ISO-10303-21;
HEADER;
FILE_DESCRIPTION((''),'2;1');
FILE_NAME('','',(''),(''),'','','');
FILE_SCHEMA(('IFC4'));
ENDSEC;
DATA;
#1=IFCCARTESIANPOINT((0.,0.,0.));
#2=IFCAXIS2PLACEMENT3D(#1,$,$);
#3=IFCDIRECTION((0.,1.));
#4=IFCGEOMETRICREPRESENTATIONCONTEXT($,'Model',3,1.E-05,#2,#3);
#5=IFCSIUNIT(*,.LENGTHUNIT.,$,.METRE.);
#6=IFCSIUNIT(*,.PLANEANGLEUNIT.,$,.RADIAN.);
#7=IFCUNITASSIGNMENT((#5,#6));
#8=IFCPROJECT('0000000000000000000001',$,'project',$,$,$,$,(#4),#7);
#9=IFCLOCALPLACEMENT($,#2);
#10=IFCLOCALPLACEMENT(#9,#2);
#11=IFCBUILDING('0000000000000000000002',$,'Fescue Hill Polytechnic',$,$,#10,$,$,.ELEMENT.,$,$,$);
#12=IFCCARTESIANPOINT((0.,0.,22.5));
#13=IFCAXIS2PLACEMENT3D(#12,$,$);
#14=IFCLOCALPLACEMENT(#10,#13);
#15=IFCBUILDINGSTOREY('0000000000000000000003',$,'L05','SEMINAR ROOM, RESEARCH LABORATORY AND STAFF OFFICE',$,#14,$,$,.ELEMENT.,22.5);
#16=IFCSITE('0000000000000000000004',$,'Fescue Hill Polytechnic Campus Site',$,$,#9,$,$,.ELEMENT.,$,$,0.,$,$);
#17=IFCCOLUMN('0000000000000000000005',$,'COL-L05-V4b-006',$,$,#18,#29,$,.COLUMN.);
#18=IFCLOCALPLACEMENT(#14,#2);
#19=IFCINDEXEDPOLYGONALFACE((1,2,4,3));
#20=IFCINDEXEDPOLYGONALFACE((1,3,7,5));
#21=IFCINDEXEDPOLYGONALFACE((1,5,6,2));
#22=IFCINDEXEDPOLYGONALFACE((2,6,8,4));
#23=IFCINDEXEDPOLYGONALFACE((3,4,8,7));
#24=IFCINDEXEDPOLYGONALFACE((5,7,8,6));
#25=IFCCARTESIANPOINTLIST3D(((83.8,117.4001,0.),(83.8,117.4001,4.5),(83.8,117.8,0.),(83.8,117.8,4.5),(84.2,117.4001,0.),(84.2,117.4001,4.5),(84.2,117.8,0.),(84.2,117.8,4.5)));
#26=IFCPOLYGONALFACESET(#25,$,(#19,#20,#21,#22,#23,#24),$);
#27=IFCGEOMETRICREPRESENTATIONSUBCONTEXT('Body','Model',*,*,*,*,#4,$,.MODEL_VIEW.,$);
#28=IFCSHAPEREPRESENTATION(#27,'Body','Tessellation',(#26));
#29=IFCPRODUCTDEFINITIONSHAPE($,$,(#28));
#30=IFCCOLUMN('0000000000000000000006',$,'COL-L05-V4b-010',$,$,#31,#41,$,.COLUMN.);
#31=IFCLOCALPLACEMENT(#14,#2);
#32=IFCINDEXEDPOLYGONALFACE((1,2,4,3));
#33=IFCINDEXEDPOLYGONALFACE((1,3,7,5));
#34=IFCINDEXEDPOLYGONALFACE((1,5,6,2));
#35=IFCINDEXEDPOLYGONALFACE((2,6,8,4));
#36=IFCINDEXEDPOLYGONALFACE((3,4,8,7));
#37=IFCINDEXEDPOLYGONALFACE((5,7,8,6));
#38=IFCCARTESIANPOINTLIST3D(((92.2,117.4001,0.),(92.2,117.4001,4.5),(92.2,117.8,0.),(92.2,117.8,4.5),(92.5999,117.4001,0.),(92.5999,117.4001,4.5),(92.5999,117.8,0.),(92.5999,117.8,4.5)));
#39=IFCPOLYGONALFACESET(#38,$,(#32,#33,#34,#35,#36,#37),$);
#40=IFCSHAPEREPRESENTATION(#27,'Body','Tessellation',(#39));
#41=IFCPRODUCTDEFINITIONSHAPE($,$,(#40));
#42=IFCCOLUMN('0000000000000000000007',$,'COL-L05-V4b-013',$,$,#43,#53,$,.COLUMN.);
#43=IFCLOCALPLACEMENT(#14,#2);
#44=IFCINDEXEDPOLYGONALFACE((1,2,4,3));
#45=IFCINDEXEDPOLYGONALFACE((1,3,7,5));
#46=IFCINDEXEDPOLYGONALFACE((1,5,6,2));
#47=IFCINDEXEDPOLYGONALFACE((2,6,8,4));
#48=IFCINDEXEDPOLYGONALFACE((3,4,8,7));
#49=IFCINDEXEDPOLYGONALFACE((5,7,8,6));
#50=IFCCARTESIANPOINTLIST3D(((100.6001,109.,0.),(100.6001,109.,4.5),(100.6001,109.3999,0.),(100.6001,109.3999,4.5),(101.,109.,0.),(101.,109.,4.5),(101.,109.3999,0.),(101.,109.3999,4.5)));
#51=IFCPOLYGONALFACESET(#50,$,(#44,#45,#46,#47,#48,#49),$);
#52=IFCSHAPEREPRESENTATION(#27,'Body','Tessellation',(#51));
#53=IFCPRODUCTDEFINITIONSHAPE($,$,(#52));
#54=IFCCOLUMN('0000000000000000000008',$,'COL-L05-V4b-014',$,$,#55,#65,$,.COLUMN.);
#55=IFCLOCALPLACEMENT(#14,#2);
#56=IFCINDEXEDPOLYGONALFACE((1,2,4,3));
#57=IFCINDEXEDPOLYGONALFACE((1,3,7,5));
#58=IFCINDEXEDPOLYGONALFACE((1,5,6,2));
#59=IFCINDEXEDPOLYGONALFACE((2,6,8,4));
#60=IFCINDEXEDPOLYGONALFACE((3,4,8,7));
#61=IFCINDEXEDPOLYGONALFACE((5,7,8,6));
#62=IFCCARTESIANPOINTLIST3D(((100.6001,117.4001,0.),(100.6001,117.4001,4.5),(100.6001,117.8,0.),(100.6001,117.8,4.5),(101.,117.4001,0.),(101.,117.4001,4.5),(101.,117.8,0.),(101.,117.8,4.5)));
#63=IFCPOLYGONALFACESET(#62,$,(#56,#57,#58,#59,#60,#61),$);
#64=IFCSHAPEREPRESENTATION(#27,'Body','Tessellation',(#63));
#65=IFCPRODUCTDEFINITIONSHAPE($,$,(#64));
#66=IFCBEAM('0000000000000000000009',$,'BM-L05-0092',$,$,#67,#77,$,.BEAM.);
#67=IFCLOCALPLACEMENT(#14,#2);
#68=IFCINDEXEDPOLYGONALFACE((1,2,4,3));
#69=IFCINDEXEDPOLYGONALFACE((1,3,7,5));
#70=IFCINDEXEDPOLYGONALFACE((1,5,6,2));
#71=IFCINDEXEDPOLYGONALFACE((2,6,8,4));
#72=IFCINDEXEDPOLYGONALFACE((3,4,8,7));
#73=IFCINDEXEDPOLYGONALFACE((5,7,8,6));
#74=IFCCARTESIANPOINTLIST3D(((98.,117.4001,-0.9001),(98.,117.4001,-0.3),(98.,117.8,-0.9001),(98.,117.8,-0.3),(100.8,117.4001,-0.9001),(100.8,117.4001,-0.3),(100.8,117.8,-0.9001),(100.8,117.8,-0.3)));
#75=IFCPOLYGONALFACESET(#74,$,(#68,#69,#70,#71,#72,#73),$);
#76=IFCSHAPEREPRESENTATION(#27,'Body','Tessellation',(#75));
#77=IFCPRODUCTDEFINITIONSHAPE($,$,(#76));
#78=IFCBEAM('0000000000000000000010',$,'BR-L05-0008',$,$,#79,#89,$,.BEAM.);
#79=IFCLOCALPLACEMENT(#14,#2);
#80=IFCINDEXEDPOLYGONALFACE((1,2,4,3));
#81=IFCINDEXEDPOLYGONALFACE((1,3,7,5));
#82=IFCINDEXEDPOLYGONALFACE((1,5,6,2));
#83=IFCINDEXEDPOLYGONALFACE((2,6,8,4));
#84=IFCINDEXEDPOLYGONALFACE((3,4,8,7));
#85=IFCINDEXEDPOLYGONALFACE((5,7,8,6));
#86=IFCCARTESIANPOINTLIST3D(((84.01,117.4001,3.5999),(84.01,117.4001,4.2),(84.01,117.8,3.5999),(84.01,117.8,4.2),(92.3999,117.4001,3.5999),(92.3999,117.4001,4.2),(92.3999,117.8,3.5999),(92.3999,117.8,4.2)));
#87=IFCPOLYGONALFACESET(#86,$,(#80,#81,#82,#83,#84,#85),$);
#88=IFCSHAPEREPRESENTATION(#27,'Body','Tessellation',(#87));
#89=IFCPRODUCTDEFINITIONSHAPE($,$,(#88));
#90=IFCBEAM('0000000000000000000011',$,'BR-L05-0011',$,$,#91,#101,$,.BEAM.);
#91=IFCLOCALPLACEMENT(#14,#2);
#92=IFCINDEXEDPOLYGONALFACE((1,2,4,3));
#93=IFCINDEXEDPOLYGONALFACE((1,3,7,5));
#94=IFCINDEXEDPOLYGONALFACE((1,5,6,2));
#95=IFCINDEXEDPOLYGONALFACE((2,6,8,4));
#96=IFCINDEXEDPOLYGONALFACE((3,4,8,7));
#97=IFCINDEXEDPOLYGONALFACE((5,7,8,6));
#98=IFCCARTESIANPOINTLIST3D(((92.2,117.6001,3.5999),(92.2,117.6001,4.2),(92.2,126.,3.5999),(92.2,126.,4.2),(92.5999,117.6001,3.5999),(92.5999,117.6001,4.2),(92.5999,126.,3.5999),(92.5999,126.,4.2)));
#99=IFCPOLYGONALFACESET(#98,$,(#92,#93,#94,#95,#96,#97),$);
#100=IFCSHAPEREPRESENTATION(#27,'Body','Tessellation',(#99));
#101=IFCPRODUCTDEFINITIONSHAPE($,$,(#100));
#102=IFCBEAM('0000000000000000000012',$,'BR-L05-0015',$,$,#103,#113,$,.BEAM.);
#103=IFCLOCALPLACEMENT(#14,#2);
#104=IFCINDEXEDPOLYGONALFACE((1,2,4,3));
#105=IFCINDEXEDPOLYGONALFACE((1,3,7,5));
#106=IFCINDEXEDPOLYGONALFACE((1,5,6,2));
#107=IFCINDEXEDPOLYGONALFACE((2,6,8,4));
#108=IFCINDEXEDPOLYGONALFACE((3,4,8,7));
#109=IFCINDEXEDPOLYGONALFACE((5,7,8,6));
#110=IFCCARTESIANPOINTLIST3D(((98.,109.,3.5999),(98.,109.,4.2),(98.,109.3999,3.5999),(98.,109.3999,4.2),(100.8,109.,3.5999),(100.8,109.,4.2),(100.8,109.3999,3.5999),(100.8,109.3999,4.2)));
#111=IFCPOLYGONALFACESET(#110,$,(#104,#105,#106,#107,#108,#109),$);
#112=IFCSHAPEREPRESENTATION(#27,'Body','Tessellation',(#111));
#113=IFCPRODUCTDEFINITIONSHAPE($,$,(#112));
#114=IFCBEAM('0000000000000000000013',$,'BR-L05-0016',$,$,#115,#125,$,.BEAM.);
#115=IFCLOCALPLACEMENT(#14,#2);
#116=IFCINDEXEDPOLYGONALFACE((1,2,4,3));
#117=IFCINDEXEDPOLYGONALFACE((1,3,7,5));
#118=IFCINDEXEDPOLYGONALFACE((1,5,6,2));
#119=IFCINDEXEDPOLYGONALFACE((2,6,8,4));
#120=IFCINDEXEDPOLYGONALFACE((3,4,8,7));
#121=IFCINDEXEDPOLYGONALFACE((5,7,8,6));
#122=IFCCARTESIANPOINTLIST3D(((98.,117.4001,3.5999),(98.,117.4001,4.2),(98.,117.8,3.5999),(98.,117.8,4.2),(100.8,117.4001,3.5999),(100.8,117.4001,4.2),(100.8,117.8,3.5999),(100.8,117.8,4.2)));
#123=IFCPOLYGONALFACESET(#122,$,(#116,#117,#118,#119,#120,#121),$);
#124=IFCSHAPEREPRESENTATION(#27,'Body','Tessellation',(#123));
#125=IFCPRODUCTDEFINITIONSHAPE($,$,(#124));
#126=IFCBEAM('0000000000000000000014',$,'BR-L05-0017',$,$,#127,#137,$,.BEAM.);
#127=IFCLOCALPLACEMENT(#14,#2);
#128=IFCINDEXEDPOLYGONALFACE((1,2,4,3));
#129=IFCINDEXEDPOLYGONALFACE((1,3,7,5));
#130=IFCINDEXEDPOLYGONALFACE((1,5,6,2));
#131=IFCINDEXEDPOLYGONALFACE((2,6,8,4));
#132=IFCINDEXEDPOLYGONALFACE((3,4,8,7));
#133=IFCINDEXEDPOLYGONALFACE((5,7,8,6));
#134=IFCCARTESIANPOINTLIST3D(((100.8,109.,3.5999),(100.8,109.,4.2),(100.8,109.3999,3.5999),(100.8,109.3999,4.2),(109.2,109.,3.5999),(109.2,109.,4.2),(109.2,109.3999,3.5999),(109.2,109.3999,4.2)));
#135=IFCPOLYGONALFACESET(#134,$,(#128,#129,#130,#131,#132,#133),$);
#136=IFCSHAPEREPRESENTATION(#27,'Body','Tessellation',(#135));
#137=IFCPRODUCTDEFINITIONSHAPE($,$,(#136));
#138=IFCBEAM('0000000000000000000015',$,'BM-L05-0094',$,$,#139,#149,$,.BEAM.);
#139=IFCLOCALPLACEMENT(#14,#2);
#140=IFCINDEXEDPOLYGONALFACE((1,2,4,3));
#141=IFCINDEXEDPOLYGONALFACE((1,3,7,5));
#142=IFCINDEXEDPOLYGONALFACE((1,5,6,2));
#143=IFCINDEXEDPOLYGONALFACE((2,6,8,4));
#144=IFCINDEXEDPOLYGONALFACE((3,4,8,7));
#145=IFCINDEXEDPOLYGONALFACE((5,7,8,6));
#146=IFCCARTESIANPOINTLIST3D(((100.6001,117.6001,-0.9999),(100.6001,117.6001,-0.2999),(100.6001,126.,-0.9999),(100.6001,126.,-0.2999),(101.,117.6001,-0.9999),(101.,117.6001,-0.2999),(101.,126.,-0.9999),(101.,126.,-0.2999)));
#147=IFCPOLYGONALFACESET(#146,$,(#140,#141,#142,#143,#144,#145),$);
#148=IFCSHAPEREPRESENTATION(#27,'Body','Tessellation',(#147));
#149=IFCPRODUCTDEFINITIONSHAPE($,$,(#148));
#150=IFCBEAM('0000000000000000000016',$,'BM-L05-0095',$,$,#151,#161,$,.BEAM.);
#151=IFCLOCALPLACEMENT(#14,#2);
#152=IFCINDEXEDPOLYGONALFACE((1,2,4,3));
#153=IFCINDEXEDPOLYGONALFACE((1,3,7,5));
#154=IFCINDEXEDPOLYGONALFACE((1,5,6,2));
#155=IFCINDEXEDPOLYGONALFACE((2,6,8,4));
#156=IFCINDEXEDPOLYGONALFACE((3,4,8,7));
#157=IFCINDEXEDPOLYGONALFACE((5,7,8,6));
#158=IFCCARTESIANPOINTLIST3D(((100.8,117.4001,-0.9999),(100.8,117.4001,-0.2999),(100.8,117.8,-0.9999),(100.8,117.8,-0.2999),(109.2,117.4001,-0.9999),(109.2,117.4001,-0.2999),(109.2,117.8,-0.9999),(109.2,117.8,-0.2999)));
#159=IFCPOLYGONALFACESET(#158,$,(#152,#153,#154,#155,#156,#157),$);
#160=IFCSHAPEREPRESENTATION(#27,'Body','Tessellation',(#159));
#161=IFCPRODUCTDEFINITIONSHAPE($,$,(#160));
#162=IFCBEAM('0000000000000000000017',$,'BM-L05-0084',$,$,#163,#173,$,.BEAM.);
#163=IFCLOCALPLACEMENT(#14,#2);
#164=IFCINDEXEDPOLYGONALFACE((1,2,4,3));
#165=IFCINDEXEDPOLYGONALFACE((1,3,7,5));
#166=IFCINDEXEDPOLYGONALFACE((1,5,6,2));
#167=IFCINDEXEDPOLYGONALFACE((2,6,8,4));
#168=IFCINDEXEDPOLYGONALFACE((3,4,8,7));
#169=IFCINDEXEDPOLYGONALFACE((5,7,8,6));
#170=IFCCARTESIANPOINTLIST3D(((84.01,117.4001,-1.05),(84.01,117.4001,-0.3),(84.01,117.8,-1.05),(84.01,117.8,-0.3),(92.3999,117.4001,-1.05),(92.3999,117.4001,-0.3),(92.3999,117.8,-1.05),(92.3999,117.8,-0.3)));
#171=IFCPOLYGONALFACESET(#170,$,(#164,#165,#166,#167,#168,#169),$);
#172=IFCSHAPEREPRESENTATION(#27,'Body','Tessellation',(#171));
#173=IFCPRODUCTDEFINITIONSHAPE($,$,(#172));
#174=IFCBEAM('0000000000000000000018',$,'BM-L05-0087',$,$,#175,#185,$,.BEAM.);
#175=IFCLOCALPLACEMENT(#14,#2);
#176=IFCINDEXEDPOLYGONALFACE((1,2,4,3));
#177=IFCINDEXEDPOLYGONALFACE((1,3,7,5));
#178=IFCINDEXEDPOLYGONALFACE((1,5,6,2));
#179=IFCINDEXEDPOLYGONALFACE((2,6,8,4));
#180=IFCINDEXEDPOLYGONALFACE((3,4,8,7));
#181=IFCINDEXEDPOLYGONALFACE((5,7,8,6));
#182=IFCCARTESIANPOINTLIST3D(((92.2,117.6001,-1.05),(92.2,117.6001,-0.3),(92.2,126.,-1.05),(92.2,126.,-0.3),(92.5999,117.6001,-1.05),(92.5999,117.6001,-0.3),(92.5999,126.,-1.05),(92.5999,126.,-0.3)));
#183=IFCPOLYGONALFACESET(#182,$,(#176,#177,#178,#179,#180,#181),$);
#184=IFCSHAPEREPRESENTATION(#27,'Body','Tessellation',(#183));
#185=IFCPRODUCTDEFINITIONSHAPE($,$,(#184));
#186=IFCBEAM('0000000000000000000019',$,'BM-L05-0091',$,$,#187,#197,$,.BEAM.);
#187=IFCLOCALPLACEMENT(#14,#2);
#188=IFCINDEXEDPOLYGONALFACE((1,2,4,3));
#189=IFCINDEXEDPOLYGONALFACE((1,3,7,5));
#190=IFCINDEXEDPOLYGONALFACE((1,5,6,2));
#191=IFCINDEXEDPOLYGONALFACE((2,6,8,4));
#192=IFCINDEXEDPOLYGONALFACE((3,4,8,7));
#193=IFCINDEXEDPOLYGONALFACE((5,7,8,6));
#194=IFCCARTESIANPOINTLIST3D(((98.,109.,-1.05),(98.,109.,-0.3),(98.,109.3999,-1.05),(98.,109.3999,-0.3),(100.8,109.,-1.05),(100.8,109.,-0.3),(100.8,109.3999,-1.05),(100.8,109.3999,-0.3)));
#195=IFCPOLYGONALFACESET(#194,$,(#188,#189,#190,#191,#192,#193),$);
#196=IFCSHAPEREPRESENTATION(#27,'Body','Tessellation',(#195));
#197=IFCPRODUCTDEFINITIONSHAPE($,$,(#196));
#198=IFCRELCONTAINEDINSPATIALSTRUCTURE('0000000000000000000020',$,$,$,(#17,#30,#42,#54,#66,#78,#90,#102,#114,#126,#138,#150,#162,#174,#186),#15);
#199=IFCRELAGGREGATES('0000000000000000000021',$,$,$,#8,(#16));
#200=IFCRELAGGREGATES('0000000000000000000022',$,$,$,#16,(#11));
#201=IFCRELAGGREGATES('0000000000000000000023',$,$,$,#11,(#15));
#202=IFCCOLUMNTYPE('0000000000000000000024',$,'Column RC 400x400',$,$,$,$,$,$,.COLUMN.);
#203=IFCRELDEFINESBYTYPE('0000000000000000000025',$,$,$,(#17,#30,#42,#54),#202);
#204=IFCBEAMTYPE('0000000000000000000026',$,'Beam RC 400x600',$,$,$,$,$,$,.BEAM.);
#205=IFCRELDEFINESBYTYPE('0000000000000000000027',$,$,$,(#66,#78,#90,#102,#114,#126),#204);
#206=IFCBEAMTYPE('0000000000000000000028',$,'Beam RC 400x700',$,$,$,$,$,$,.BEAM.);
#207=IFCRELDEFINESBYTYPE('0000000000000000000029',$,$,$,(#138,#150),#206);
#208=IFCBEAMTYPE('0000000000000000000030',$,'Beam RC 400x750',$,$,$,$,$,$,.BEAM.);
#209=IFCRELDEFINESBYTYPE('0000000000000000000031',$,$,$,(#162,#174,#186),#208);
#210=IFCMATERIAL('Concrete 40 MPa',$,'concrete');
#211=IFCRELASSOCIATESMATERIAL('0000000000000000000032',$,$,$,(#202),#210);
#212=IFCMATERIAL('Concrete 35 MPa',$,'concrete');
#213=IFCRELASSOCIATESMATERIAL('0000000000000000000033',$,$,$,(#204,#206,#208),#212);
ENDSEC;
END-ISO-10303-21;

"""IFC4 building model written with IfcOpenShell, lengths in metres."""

from ifc_helpers import new_model, si_unit, direction, frame, origin, origin_2d, place, context, subcontext, project, spatial, rectangle, extrude, material, material_profile, profile_set, type_object, element, save


model = new_model("IFC4")

# Units and contexts
model_context = context("Model", 3, precision=1e-05, world=origin(), true_north=direction((0.0, 1.0)))
body_context = subcontext(model_context, "Body", "Model", "MODEL_VIEW")
ifc_project = project(units=[si_unit("LENGTHUNIT", "METRE"), si_unit("PLANEANGLEUNIT", "RADIAN")], contexts=[model_context])

# Site, building, storey
site_placement = place(None, origin())
site = spatial("IfcSite", under=ifc_project, at=site_placement, Name="Fescue Hill Polytechnic Campus Site", CompositionType="ELEMENT", RefElevation=0.0)
building_placement = place(site_placement, origin())
building = spatial("IfcBuilding", under=site, at=building_placement, Name="Fescue Hill Polytechnic", CompositionType="ELEMENT")
storey_placement = place(building_placement, frame((0.0, 0.0, 22.5)))
storey = spatial("IfcBuildingStorey", under=building, at=storey_placement, Name="L05", Description="SEMINAR ROOM, RESEARCH LABORATORY AND STAFF OFFICE", CompositionType="ELEMENT", Elevation=22.5)

# Columns
ifc_material_1 = material(Name="Concrete 40 MPa", Category="concrete")
ifc_material_profile_1 = material_profile(ifc_material_1, rectangle(XDim=0.3999, YDim=0.3999, at=origin_2d()), Name="RC 400x400")
ifc_profile_set_1 = profile_set([ifc_material_profile_1], Name="Concrete 40 MPa")
column_type = type_object("IfcColumnType", Name="Column RC 400x400", PredefinedType="COLUMN", material=ifc_profile_set_1)
for number, where, z_axis, x_axis, name in (
    (1, (84.0, 117.6001, 0.0), (0.0, 0.0, 1.0), (1.0, 0.0, 0.0), "COL-L05-V4b-006"),
    (2, (92.3999, 117.6001, 0.0), (0.0, 0.0, 1.0), (1.0, 0.0, 0.0), "COL-L05-V4b-010"),
    (3, (100.8, 109.2, 0.0), (0.0, 0.0, 1.0), (1.0, 0.0, 0.0), "COL-L05-V4b-013"),
    (4, (100.8, 117.6001, 0.0), (0.0, 0.0, 1.0), (1.0, 0.0, 0.0), "COL-L05-V4b-014"),
):
    element("IfcColumn", number, at=place(storey_placement, frame(where, z_axis=z_axis, x_axis=x_axis)), inside=storey, type_object=column_type, Name=name, PredefinedType="COLUMN", context=body_context, shape_type="SweptSolid", body=[
        extrude(rectangle(XDim=0.3999, YDim=0.3999, at=origin_2d()), origin(), (0.0, 0.0, 1.0), 4.5),
    ])

# Beams
ifc_material_2 = material(Name="Concrete 35 MPa", Category="concrete")
ifc_material_profile_2 = material_profile(ifc_material_2, rectangle(XDim=0.3999, YDim=0.6001, at=origin_2d()), Name="RC 400x600")
ifc_profile_set_2 = profile_set([ifc_material_profile_2], Name="Concrete 35 MPa")
beam_type_1 = type_object("IfcBeamType", Name="Beam RC 400x600", PredefinedType="BEAM", material=ifc_profile_set_2)
beam_1_placement = place(storey_placement, frame((98.0, 117.6001, -0.6001), z_axis=(1.0, 0.0, 0.0), x_axis=(0.0, 1.0, 0.0)))
element("IfcBeam", 5, at=beam_1_placement, inside=storey, type_object=beam_type_1, Name="BM-L05-0092", PredefinedType="BEAM", context=body_context, shape_type="SweptSolid", body=[
    extrude(rectangle(XDim=0.3999, YDim=0.6001, at=origin_2d()), origin(), (0.0, 0.0, 1.0), 2.8),
])
beam_2_placement = place(storey_placement, frame((84.01, 117.6001, 3.8999), z_axis=(1.0, 0.0, 0.0), x_axis=(0.0, 1.0, 0.0)))
element("IfcBeam", 6, at=beam_2_placement, inside=storey, type_object=beam_type_1, Name="BR-L05-0008", PredefinedType="BEAM", context=body_context, shape_type="SweptSolid", body=[
    extrude(rectangle(XDim=0.3999, YDim=0.6001, at=origin_2d()), origin(), (0.0, 0.0, 1.0), 8.3899),
])
beam_3_placement = place(storey_placement, frame((92.3999, 117.6001, 3.8999), z_axis=(0.0, 1.0, 0.0), x_axis=(-1.0, 0.0, 0.0)))
element("IfcBeam", 7, at=beam_3_placement, inside=storey, type_object=beam_type_1, Name="BR-L05-0011", PredefinedType="BEAM", context=body_context, shape_type="SweptSolid", body=[
    extrude(rectangle(XDim=0.3999, YDim=0.6001, at=origin_2d()), origin(), (0.0, 0.0, 1.0), 8.3999),
])
for number, where, z_axis, x_axis, name in (
    (8, (98.0, 109.2, 3.8999), (1.0, 0.0, 0.0), (0.0, 1.0, 0.0), "BR-L05-0015"),
    (9, (98.0, 117.6001, 3.8999), (1.0, 0.0, 0.0), (0.0, 1.0, 0.0), "BR-L05-0016"),
):
    element("IfcBeam", number, at=place(storey_placement, frame(where, z_axis=z_axis, x_axis=x_axis)), inside=storey, type_object=beam_type_1, Name=name, PredefinedType="BEAM", context=body_context, shape_type="SweptSolid", body=[
        extrude(rectangle(XDim=0.3999, YDim=0.6001, at=origin_2d()), origin(), (0.0, 0.0, 1.0), 2.8),
    ])
beam_4_placement = place(storey_placement, frame((100.8, 109.2, 3.8999), z_axis=(1.0, 0.0, 0.0), x_axis=(0.0, 1.0, 0.0)))
element("IfcBeam", 10, at=beam_4_placement, inside=storey, type_object=beam_type_1, Name="BR-L05-0017", PredefinedType="BEAM", context=body_context, shape_type="SweptSolid", body=[
    extrude(rectangle(XDim=0.3999, YDim=0.6001, at=origin_2d()), origin(), (0.0, 0.0, 1.0), 8.3999),
])
ifc_material_profile_3 = material_profile(ifc_material_2, rectangle(XDim=0.3999, YDim=0.7, at=origin_2d()), Name="RC 400x700")
ifc_profile_set_3 = profile_set([ifc_material_profile_3], Name="Concrete 35 MPa")
beam_type_2 = type_object("IfcBeamType", Name="Beam RC 400x700", PredefinedType="BEAM", material=ifc_profile_set_3)
for number, where, z_axis, x_axis, name in (
    (11, (100.8, 117.6001, -0.6499), (0.0, 1.0, 0.0), (-1.0, 0.0, 0.0), "BM-L05-0094"),
    (12, (100.8, 117.6001, -0.6499), (1.0, 0.0, 0.0), (0.0, 1.0, 0.0), "BM-L05-0095"),
):
    element("IfcBeam", number, at=place(storey_placement, frame(where, z_axis=z_axis, x_axis=x_axis)), inside=storey, type_object=beam_type_2, Name=name, PredefinedType="BEAM", context=body_context, shape_type="SweptSolid", body=[
        extrude(rectangle(XDim=0.3999, YDim=0.7, at=origin_2d()), origin(), (0.0, 0.0, 1.0), 8.3999),
    ])
ifc_material_profile_4 = material_profile(ifc_material_2, rectangle(XDim=0.3999, YDim=0.75, at=origin_2d()), Name="RC 400x750")
ifc_profile_set_4 = profile_set([ifc_material_profile_4], Name="Concrete 35 MPa")
beam_type_3 = type_object("IfcBeamType", Name="Beam RC 400x750", PredefinedType="BEAM", material=ifc_profile_set_4)
beam_5_placement = place(storey_placement, frame((84.01, 117.6001, -0.675), z_axis=(1.0, 0.0, 0.0), x_axis=(0.0, 1.0, 0.0)))
element("IfcBeam", 13, at=beam_5_placement, inside=storey, type_object=beam_type_3, Name="BM-L05-0084", PredefinedType="BEAM", context=body_context, shape_type="SweptSolid", body=[
    extrude(rectangle(XDim=0.3999, YDim=0.75, at=origin_2d()), origin(), (0.0, 0.0, 1.0), 8.3899),
])
beam_6_placement = place(storey_placement, frame((92.3999, 117.6001, -0.675), z_axis=(0.0, 1.0, 0.0), x_axis=(-1.0, 0.0, 0.0)))
element("IfcBeam", 14, at=beam_6_placement, inside=storey, type_object=beam_type_3, Name="BM-L05-0087", PredefinedType="BEAM", context=body_context, shape_type="SweptSolid", body=[
    extrude(rectangle(XDim=0.3999, YDim=0.75, at=origin_2d()), origin(), (0.0, 0.0, 1.0), 8.3999),
])
beam_7_placement = place(storey_placement, frame((98.0, 109.2, -0.675), z_axis=(1.0, 0.0, 0.0), x_axis=(0.0, 1.0, 0.0)))
element("IfcBeam", 15, at=beam_7_placement, inside=storey, type_object=beam_type_3, Name="BM-L05-0091", PredefinedType="BEAM", context=body_context, shape_type="SweptSolid", body=[
    extrude(rectangle(XDim=0.3999, YDim=0.75, at=origin_2d()), origin(), (0.0, 0.0, 1.0), 2.8),
])

save(model, "model.ifc")
